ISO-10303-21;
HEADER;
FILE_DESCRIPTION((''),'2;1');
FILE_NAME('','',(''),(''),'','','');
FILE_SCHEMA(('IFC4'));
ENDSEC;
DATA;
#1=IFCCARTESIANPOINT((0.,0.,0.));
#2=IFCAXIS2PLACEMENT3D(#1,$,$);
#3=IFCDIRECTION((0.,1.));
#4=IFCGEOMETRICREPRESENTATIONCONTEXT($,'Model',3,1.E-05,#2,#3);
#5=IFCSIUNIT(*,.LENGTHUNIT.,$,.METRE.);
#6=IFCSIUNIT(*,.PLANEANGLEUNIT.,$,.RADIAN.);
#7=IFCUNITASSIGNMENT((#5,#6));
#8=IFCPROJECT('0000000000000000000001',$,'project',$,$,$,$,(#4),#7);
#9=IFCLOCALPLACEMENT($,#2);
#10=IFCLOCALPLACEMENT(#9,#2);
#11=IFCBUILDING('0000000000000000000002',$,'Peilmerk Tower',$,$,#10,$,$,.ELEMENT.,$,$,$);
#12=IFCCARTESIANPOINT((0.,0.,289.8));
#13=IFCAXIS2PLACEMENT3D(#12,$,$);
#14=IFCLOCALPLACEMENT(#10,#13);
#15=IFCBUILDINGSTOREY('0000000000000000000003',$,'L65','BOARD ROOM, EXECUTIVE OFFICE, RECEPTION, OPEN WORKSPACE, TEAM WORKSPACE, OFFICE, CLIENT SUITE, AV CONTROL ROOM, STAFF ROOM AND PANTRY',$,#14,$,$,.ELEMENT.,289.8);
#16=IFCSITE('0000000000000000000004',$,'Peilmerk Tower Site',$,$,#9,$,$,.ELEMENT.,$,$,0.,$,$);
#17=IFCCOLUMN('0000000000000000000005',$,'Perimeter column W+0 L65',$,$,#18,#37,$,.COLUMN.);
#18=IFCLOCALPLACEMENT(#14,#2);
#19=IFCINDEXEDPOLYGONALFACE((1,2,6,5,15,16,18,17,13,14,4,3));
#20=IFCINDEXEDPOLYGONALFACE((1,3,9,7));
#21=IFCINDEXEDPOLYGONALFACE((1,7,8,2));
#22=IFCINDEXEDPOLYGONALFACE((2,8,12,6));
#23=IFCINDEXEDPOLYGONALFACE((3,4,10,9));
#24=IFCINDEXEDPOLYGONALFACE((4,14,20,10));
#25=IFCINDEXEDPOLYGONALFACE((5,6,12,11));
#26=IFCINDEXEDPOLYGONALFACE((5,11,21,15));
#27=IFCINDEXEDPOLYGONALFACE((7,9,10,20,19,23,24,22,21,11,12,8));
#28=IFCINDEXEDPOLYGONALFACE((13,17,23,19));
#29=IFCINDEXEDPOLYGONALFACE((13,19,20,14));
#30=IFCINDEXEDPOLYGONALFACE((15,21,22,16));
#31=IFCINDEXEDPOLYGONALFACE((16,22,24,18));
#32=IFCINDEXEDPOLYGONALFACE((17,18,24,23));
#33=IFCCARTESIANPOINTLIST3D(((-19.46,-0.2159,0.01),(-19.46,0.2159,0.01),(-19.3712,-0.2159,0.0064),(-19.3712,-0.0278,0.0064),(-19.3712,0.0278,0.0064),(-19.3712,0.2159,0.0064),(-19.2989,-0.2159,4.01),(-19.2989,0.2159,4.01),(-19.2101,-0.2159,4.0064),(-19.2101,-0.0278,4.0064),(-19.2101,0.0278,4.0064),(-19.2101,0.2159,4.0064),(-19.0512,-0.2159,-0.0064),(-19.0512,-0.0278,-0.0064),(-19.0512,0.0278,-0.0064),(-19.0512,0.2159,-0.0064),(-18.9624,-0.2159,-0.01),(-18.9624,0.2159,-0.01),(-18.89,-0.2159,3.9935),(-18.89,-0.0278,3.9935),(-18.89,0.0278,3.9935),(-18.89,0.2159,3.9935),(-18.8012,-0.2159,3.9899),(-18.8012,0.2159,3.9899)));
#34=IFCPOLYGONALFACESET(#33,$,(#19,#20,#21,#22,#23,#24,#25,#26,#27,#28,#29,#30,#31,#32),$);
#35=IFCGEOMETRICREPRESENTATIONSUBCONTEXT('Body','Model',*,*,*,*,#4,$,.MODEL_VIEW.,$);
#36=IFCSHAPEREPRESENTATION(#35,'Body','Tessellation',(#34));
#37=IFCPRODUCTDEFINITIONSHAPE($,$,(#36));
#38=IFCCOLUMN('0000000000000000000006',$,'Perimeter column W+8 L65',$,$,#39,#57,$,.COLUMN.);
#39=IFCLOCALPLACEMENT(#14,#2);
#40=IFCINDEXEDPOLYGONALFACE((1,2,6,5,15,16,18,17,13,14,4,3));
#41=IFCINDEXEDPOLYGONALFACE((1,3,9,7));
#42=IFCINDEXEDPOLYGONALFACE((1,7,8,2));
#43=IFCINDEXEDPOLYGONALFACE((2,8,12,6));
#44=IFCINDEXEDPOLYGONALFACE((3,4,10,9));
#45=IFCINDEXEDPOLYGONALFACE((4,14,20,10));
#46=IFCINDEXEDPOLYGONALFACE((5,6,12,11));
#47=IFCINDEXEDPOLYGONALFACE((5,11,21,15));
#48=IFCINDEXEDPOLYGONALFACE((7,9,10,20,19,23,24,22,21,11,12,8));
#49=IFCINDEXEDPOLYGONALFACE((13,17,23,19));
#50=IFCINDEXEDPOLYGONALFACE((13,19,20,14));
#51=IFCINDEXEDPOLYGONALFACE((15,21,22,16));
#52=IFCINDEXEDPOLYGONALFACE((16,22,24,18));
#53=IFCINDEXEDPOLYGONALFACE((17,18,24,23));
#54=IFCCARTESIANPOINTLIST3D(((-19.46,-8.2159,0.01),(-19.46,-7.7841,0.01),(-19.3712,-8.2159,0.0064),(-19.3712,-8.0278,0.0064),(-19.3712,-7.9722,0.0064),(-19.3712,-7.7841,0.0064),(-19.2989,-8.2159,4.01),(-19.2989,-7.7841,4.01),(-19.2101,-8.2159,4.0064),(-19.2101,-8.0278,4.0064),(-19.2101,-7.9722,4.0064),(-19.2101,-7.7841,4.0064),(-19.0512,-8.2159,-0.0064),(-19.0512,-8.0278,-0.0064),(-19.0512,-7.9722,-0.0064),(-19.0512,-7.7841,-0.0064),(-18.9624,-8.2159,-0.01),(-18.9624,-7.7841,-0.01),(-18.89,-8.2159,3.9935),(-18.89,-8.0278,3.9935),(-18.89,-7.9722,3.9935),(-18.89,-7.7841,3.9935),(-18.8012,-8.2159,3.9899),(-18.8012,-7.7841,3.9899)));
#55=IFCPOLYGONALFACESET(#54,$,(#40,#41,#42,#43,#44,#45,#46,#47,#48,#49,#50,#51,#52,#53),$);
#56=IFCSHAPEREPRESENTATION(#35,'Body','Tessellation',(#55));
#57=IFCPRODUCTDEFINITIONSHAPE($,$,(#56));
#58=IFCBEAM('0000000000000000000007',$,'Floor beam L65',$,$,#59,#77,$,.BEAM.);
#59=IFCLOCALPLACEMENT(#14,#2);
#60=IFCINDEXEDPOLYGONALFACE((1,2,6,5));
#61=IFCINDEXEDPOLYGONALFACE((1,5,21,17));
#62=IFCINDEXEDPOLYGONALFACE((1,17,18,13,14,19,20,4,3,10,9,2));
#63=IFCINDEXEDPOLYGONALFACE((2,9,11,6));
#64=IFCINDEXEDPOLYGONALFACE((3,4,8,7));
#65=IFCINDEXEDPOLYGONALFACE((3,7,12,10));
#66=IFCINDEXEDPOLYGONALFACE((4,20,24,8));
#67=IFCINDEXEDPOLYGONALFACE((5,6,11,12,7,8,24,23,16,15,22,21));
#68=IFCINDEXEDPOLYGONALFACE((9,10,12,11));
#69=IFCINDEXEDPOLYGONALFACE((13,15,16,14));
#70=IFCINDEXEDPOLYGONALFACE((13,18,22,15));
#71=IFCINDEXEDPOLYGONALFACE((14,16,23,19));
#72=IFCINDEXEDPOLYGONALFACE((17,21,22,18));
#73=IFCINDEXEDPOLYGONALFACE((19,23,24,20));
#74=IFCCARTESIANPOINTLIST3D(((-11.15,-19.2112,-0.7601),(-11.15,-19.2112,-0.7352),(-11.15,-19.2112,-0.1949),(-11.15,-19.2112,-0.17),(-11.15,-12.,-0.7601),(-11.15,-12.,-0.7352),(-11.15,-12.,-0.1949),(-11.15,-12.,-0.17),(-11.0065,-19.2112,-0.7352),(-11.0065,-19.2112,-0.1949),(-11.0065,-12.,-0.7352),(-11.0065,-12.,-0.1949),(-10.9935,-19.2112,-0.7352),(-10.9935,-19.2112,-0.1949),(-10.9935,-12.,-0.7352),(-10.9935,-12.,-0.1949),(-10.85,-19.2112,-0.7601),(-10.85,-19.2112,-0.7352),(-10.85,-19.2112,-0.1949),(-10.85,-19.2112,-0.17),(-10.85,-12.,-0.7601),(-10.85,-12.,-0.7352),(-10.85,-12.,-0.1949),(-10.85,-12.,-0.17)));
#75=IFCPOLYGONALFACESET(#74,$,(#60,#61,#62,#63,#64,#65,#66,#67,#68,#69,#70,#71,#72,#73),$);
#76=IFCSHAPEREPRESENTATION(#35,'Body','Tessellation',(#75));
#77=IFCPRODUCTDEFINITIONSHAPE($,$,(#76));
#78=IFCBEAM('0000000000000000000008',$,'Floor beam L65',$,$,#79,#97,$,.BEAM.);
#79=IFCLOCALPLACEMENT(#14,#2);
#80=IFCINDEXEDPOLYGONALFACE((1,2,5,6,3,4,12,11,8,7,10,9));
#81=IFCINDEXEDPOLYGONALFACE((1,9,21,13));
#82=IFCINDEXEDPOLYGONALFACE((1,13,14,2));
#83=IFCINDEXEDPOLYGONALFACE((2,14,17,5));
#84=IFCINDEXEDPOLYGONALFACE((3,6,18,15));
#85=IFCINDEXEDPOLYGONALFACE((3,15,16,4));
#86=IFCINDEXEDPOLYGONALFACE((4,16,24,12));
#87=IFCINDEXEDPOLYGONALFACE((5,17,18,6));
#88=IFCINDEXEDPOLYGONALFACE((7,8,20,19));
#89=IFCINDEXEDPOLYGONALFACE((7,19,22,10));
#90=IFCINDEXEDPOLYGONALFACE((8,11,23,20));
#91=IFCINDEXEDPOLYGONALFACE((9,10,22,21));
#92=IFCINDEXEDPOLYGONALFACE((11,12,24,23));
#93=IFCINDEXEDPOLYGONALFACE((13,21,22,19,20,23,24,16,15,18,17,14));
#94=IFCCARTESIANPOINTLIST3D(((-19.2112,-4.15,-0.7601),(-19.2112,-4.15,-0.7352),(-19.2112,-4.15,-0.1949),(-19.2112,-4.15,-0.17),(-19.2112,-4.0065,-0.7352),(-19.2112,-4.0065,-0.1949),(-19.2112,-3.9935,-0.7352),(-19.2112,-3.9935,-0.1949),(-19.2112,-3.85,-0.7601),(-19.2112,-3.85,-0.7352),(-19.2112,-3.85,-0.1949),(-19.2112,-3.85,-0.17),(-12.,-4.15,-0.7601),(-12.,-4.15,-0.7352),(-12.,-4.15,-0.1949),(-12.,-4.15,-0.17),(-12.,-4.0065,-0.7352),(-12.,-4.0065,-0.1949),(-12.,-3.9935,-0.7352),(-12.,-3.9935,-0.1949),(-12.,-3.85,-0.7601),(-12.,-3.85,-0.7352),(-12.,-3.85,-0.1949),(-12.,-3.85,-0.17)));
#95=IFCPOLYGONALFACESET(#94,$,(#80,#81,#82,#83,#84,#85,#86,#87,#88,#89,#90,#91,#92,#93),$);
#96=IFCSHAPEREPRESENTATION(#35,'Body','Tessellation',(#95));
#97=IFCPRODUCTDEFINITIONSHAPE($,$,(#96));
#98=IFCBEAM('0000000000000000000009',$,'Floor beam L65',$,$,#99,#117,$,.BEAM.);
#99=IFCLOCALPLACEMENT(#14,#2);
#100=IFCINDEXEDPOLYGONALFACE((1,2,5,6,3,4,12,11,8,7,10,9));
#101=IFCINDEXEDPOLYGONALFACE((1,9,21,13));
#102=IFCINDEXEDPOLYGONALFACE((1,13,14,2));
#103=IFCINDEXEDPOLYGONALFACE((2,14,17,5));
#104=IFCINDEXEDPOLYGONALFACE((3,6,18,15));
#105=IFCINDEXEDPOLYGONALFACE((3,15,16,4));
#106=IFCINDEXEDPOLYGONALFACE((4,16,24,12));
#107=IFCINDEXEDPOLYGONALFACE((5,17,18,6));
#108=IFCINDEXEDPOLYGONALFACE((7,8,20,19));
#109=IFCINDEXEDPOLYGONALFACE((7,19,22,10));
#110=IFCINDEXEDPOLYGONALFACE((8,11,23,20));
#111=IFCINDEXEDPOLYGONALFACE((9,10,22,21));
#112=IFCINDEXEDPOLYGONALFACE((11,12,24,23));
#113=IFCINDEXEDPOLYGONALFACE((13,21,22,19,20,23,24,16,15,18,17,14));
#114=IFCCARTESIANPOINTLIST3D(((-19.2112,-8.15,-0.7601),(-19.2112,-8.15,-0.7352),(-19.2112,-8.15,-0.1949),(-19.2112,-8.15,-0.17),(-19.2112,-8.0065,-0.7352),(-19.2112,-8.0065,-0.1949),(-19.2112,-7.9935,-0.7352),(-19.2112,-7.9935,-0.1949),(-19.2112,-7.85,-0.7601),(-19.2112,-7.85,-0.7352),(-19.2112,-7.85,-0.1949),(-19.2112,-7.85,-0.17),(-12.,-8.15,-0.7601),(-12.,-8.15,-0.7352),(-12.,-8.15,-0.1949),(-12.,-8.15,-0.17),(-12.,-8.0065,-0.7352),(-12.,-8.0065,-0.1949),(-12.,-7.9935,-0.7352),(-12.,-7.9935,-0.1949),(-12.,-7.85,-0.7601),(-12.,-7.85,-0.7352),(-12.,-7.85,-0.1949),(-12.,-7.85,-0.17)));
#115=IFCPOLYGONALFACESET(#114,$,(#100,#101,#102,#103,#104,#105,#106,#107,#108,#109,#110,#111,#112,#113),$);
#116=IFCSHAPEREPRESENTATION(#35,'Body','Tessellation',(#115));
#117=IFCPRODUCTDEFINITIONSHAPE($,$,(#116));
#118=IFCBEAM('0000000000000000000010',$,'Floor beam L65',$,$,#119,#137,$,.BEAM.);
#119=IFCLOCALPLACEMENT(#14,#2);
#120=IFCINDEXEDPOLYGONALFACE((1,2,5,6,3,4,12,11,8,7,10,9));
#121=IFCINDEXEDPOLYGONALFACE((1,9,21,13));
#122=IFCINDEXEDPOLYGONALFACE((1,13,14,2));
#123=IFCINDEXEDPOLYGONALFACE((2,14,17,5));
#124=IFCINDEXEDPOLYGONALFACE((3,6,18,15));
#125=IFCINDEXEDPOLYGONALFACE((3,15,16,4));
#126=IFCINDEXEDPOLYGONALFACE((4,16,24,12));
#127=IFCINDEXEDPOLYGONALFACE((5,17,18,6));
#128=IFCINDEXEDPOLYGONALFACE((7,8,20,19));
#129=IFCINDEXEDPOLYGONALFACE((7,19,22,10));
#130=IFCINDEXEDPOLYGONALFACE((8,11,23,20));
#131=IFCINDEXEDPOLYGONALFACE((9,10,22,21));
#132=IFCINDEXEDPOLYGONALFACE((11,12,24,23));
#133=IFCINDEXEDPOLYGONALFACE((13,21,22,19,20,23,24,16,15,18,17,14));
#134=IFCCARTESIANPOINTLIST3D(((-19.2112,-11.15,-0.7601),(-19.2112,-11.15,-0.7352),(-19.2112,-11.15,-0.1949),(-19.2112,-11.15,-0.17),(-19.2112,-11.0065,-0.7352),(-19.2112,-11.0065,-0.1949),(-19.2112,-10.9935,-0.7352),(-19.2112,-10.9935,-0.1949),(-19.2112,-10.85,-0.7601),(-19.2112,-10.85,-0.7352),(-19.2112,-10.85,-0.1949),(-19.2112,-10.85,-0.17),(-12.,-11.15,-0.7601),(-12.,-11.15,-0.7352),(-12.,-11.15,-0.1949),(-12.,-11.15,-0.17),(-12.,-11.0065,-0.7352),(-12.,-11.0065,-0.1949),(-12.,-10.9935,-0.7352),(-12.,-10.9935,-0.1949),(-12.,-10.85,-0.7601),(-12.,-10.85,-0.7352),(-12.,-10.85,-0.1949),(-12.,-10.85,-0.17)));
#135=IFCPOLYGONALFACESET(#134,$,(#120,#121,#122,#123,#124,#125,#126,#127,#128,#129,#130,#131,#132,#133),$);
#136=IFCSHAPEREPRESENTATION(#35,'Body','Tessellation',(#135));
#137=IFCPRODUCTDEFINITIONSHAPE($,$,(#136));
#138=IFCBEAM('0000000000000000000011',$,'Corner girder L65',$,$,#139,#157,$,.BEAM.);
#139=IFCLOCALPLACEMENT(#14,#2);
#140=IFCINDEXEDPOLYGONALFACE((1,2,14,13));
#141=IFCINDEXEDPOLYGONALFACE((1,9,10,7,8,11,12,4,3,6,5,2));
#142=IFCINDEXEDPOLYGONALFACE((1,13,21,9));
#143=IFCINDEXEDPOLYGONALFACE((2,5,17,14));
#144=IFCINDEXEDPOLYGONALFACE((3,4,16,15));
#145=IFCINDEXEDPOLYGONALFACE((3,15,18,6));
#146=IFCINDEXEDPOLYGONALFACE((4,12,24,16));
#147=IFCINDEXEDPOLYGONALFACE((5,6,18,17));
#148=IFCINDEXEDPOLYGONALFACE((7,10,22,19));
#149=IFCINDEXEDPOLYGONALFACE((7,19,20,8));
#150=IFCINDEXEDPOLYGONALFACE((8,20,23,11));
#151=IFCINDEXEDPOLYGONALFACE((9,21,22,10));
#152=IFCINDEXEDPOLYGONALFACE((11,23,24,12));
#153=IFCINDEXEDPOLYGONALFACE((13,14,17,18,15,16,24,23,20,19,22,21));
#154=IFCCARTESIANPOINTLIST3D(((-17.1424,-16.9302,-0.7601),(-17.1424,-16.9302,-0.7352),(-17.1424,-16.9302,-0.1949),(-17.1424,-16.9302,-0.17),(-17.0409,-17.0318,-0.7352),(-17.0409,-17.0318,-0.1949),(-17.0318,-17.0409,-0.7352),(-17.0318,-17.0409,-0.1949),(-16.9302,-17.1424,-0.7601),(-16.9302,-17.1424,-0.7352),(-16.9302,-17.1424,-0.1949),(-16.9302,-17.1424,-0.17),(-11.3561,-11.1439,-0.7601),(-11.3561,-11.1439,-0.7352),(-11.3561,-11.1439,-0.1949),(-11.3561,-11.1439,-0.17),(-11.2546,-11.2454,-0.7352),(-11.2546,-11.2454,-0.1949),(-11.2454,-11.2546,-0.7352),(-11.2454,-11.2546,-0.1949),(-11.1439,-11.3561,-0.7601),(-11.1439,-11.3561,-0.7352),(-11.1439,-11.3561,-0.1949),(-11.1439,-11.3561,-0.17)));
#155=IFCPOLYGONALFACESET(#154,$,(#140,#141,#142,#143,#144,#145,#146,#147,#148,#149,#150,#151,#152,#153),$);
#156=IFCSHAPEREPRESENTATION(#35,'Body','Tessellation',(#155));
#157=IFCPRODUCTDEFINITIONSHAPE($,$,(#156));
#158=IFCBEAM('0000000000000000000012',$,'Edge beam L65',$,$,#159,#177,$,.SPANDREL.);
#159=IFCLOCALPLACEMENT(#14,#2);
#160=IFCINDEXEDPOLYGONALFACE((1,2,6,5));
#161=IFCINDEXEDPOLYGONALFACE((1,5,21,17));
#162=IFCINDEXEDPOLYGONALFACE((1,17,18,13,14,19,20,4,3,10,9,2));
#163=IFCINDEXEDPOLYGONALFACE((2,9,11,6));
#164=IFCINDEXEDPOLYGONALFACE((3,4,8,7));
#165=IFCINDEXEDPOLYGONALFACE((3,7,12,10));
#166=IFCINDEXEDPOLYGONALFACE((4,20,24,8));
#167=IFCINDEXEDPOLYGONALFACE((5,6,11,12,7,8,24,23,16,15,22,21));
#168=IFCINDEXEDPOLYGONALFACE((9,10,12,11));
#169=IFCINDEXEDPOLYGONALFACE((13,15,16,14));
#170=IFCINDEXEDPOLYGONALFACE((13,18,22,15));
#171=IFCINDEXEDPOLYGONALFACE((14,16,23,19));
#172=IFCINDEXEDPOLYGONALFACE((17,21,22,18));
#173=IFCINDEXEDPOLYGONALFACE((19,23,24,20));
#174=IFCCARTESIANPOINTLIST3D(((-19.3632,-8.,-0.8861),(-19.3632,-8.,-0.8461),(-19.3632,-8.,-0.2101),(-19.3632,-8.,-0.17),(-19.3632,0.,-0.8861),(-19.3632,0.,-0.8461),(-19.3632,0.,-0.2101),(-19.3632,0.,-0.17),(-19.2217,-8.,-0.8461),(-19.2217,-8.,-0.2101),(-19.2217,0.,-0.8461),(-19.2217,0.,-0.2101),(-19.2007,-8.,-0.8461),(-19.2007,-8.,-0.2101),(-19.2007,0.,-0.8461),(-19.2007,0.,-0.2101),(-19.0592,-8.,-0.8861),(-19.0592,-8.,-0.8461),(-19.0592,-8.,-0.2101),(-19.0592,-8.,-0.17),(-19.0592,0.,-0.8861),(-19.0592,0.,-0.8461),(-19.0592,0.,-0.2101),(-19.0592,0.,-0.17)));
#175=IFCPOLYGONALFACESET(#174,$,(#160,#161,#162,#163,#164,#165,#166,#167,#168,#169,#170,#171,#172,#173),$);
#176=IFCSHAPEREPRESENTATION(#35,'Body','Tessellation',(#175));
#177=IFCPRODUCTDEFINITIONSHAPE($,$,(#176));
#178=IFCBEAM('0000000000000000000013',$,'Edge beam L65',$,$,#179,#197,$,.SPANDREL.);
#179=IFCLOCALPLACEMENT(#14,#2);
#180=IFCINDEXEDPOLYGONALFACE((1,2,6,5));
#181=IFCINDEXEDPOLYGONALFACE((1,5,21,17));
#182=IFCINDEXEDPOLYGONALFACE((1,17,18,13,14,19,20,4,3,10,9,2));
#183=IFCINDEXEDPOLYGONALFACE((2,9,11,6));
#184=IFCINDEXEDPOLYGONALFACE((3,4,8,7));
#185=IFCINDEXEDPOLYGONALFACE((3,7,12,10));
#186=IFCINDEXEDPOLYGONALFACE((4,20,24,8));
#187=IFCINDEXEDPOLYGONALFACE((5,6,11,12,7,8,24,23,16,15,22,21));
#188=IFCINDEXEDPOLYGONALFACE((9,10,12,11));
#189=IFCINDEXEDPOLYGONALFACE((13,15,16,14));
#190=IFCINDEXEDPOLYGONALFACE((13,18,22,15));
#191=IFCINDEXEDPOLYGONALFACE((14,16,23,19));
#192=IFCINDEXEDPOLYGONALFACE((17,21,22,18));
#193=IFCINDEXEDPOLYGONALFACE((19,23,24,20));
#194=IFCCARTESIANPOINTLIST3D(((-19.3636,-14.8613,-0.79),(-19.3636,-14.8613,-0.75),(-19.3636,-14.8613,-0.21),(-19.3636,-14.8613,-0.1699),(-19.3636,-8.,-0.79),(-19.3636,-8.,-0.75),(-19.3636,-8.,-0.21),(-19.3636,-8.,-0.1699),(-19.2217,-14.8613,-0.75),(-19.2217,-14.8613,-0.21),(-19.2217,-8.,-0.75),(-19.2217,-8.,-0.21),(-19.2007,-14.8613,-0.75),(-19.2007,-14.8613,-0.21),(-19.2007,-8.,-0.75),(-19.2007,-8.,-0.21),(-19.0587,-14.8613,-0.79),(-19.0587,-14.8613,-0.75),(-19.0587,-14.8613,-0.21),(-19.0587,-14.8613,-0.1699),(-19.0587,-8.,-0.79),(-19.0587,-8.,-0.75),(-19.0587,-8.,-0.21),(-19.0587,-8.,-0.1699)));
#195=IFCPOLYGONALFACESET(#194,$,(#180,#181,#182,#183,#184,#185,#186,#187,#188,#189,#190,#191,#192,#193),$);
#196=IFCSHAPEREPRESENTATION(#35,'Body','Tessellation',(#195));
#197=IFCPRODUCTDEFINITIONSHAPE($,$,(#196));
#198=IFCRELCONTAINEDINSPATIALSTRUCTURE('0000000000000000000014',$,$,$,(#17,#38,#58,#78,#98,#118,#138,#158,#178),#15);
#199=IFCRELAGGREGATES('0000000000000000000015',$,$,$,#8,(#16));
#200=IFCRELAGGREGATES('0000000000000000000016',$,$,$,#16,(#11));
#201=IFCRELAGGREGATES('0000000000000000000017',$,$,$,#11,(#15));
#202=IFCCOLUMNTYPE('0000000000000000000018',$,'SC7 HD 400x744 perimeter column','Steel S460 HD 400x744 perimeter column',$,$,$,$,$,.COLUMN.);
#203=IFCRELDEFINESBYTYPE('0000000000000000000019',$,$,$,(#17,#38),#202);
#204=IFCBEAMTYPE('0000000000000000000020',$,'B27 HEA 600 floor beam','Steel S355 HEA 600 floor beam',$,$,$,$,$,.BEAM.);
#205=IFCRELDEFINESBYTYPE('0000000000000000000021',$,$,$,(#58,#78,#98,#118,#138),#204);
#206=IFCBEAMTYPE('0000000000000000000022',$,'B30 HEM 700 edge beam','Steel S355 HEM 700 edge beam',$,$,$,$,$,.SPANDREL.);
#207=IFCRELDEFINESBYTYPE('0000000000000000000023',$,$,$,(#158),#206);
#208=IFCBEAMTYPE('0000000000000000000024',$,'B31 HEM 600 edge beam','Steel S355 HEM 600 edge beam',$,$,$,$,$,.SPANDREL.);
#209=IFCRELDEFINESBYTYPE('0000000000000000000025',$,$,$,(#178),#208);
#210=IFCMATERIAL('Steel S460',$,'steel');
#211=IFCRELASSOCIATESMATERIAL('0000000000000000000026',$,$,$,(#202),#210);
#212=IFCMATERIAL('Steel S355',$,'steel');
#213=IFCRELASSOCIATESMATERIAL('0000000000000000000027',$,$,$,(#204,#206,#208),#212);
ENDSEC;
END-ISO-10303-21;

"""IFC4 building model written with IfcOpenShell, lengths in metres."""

from ifc_helpers import new_model, si_unit, direction, frame, origin, origin_2d, place, context, subcontext, project, spatial, i_section, extrude, material, material_profile, profile_set, type_object, element, save


model = new_model("IFC4")

# Units and contexts
model_context = context("Model", 3, precision=1e-05, world=origin(), true_north=direction((0.0, 1.0)))
body_context = subcontext(model_context, "Body", "Model", "MODEL_VIEW")
ifc_project = project(units=[si_unit("LENGTHUNIT", "METRE"), si_unit("PLANEANGLEUNIT", "RADIAN")], contexts=[model_context])

# Site, building, storey
site_placement = place(None, origin())
site = spatial("IfcSite", under=ifc_project, at=site_placement, Name="Peilmerk Tower Site", CompositionType="ELEMENT", RefElevation=0.0)
building_placement = place(site_placement, origin())
building = spatial("IfcBuilding", under=site, at=building_placement, Name="Peilmerk Tower", CompositionType="ELEMENT")
storey_placement = place(building_placement, frame((0.0, 0.0, 289.8)))
storey = spatial("IfcBuildingStorey", under=building, at=storey_placement, Name="L65", Description="BOARD ROOM, EXECUTIVE OFFICE, RECEPTION, OPEN WORKSPACE, TEAM WORKSPACE, OFFICE, CLIENT SUITE, AV CONTROL ROOM, STAFF ROOM AND PANTRY", CompositionType="ELEMENT", Elevation=289.8)

# Columns
ifc_material_1 = material(Name="Steel S460", Category="steel")
ifc_material_profile_1 = material_profile(ifc_material_1, i_section(OverallWidth=0.4319, OverallDepth=0.498, WebThickness=0.0557, FlangeThickness=0.0889, at=origin_2d()), Name="HD 400x744")
ifc_profile_set_1 = profile_set([ifc_material_profile_1], Name="Steel S460")
column_type = type_object("IfcColumnType", Name="SC7 HD 400x744 perimeter column", Description="Steel S460 HD 400x744 perimeter column", PredefinedType="COLUMN", material=ifc_profile_set_1)
for number, where, z_axis, x_axis, name in (
    (1, (-19.2112, 0.0, 0.0), (0.040251, 0.0, 0.99919), (0.0, 1.0, 0.0), "Perimeter column W+0 L65"),
    (2, (-19.2112, -8.0, 0.0), (0.040251, 0.0, 0.99919), (0.0, 1.0, 0.0), "Perimeter column W+8 L65"),
):
    element("IfcColumn", number, at=place(storey_placement, frame(where, z_axis=z_axis, x_axis=x_axis)), inside=storey, type_object=column_type, Name=name, PredefinedType="COLUMN", context=body_context, shape_type="SweptSolid", body=[
        extrude(i_section(OverallWidth=0.4319, OverallDepth=0.498, WebThickness=0.0557, FlangeThickness=0.0889, at=origin_2d()), origin(), (0.0, 0.0, 1.0), 4.0032),
    ])

# Beams
ifc_material_2 = material(Name="Steel S355", Category="steel")
ifc_material_profile_2 = material_profile(ifc_material_2, i_section(OverallWidth=0.3, OverallDepth=0.5901, WebThickness=0.0129, FlangeThickness=0.0249, at=origin_2d()), Name="HEA 600")
ifc_profile_set_2 = profile_set([ifc_material_profile_2], Name="Steel S355")
beam_type_1 = type_object("IfcBeamType", Name="B27 HEA 600 floor beam", Description="Steel S355 HEA 600 floor beam", PredefinedType="BEAM", material=ifc_profile_set_2)
for number, where, z_axis, x_axis, name in (
    (3, (-11.0, -12.0, -0.4651), (0.0, -1.0, 0.0), (1.0, 0.0, 0.0), "Floor beam L65"),
    (4, (-12.0, -4.0, -0.4651), (-1.0, 0.0, 0.0), (0.0, -1.0, 0.0), "Floor beam L65"),
    (5, (-12.0, -8.0, -0.4651), (-1.0, 0.0, 0.0), (0.0, -1.0, 0.0), "Floor beam L65"),
    (6, (-12.0, -11.0, -0.4651), (-1.0, 0.0, 0.0), (0.0, -1.0, 0.0), "Floor beam L65"),
):
    element("IfcBeam", number, at=place(storey_placement, frame(where, z_axis=z_axis, x_axis=x_axis)), inside=storey, type_object=beam_type_1, Name=name, PredefinedType="BEAM", context=body_context, shape_type="SweptSolid", body=[
        extrude(i_section(OverallWidth=0.3, OverallDepth=0.5901, WebThickness=0.0129, FlangeThickness=0.0249, at=origin_2d()), origin(), (0.0, 0.0, 1.0), 7.2112),
    ])
beam_1_placement = place(storey_placement, frame((-11.25, -11.25, -0.4651), z_axis=(-0.707107, -0.707107, 0.0), x_axis=(0.707107, -0.707107, 0.0)))
element("IfcBeam", 7, at=beam_1_placement, inside=storey, type_object=beam_type_1, Name="Corner girder L65", PredefinedType="BEAM", context=body_context, shape_type="SweptSolid", body=[
    extrude(i_section(OverallWidth=0.3, OverallDepth=0.5901, WebThickness=0.0129, FlangeThickness=0.0249, at=origin_2d()), origin(), (0.0, 0.0, 1.0), 8.1831),
])
ifc_material_profile_3 = material_profile(ifc_material_2, i_section(OverallWidth=0.304, OverallDepth=0.7161, WebThickness=0.021, FlangeThickness=0.04, at=origin_2d()), Name="HEM 700")
ifc_profile_set_3 = profile_set([ifc_material_profile_3], Name="Steel S355")
beam_type_2 = type_object("IfcBeamType", Name="B30 HEM 700 edge beam", Description="Steel S355 HEM 700 edge beam", PredefinedType="SPANDREL", material=ifc_profile_set_3)
beam_2_placement = place(storey_placement, frame((-19.2112, 0.0, -0.5281), z_axis=(0.0, -1.0, 0.0), x_axis=(1.0, 0.0, 0.0)))
element("IfcBeam", 8, at=beam_2_placement, inside=storey, type_object=beam_type_2, Name="Edge beam L65", PredefinedType="SPANDREL", context=body_context, shape_type="SweptSolid", body=[
    extrude(i_section(OverallWidth=0.304, OverallDepth=0.7161, WebThickness=0.021, FlangeThickness=0.04, at=origin_2d()), origin(), (0.0, 0.0, 1.0), 8.0),
])
ifc_material_profile_4 = material_profile(ifc_material_2, i_section(OverallWidth=0.3049, OverallDepth=0.6201, WebThickness=0.021, FlangeThickness=0.04, at=origin_2d()), Name="HEM 600")
ifc_profile_set_4 = profile_set([ifc_material_profile_4], Name="Steel S355")
beam_type_3 = type_object("IfcBeamType", Name="B31 HEM 600 edge beam", Description="Steel S355 HEM 600 edge beam", PredefinedType="SPANDREL", material=ifc_profile_set_4)
beam_3_placement = place(storey_placement, frame((-19.2112, -8.0, -0.48), z_axis=(0.0, -1.0, 0.0), x_axis=(1.0, 0.0, 0.0)))
element("IfcBeam", 9, at=beam_3_placement, inside=storey, type_object=beam_type_3, Name="Edge beam L65", PredefinedType="SPANDREL", context=body_context, shape_type="SweptSolid", body=[
    extrude(i_section(OverallWidth=0.3049, OverallDepth=0.6201, WebThickness=0.021, FlangeThickness=0.04, at=origin_2d()), origin(), (0.0, 0.0, 1.0), 6.8613),
])

save(model, "model.ifc")
